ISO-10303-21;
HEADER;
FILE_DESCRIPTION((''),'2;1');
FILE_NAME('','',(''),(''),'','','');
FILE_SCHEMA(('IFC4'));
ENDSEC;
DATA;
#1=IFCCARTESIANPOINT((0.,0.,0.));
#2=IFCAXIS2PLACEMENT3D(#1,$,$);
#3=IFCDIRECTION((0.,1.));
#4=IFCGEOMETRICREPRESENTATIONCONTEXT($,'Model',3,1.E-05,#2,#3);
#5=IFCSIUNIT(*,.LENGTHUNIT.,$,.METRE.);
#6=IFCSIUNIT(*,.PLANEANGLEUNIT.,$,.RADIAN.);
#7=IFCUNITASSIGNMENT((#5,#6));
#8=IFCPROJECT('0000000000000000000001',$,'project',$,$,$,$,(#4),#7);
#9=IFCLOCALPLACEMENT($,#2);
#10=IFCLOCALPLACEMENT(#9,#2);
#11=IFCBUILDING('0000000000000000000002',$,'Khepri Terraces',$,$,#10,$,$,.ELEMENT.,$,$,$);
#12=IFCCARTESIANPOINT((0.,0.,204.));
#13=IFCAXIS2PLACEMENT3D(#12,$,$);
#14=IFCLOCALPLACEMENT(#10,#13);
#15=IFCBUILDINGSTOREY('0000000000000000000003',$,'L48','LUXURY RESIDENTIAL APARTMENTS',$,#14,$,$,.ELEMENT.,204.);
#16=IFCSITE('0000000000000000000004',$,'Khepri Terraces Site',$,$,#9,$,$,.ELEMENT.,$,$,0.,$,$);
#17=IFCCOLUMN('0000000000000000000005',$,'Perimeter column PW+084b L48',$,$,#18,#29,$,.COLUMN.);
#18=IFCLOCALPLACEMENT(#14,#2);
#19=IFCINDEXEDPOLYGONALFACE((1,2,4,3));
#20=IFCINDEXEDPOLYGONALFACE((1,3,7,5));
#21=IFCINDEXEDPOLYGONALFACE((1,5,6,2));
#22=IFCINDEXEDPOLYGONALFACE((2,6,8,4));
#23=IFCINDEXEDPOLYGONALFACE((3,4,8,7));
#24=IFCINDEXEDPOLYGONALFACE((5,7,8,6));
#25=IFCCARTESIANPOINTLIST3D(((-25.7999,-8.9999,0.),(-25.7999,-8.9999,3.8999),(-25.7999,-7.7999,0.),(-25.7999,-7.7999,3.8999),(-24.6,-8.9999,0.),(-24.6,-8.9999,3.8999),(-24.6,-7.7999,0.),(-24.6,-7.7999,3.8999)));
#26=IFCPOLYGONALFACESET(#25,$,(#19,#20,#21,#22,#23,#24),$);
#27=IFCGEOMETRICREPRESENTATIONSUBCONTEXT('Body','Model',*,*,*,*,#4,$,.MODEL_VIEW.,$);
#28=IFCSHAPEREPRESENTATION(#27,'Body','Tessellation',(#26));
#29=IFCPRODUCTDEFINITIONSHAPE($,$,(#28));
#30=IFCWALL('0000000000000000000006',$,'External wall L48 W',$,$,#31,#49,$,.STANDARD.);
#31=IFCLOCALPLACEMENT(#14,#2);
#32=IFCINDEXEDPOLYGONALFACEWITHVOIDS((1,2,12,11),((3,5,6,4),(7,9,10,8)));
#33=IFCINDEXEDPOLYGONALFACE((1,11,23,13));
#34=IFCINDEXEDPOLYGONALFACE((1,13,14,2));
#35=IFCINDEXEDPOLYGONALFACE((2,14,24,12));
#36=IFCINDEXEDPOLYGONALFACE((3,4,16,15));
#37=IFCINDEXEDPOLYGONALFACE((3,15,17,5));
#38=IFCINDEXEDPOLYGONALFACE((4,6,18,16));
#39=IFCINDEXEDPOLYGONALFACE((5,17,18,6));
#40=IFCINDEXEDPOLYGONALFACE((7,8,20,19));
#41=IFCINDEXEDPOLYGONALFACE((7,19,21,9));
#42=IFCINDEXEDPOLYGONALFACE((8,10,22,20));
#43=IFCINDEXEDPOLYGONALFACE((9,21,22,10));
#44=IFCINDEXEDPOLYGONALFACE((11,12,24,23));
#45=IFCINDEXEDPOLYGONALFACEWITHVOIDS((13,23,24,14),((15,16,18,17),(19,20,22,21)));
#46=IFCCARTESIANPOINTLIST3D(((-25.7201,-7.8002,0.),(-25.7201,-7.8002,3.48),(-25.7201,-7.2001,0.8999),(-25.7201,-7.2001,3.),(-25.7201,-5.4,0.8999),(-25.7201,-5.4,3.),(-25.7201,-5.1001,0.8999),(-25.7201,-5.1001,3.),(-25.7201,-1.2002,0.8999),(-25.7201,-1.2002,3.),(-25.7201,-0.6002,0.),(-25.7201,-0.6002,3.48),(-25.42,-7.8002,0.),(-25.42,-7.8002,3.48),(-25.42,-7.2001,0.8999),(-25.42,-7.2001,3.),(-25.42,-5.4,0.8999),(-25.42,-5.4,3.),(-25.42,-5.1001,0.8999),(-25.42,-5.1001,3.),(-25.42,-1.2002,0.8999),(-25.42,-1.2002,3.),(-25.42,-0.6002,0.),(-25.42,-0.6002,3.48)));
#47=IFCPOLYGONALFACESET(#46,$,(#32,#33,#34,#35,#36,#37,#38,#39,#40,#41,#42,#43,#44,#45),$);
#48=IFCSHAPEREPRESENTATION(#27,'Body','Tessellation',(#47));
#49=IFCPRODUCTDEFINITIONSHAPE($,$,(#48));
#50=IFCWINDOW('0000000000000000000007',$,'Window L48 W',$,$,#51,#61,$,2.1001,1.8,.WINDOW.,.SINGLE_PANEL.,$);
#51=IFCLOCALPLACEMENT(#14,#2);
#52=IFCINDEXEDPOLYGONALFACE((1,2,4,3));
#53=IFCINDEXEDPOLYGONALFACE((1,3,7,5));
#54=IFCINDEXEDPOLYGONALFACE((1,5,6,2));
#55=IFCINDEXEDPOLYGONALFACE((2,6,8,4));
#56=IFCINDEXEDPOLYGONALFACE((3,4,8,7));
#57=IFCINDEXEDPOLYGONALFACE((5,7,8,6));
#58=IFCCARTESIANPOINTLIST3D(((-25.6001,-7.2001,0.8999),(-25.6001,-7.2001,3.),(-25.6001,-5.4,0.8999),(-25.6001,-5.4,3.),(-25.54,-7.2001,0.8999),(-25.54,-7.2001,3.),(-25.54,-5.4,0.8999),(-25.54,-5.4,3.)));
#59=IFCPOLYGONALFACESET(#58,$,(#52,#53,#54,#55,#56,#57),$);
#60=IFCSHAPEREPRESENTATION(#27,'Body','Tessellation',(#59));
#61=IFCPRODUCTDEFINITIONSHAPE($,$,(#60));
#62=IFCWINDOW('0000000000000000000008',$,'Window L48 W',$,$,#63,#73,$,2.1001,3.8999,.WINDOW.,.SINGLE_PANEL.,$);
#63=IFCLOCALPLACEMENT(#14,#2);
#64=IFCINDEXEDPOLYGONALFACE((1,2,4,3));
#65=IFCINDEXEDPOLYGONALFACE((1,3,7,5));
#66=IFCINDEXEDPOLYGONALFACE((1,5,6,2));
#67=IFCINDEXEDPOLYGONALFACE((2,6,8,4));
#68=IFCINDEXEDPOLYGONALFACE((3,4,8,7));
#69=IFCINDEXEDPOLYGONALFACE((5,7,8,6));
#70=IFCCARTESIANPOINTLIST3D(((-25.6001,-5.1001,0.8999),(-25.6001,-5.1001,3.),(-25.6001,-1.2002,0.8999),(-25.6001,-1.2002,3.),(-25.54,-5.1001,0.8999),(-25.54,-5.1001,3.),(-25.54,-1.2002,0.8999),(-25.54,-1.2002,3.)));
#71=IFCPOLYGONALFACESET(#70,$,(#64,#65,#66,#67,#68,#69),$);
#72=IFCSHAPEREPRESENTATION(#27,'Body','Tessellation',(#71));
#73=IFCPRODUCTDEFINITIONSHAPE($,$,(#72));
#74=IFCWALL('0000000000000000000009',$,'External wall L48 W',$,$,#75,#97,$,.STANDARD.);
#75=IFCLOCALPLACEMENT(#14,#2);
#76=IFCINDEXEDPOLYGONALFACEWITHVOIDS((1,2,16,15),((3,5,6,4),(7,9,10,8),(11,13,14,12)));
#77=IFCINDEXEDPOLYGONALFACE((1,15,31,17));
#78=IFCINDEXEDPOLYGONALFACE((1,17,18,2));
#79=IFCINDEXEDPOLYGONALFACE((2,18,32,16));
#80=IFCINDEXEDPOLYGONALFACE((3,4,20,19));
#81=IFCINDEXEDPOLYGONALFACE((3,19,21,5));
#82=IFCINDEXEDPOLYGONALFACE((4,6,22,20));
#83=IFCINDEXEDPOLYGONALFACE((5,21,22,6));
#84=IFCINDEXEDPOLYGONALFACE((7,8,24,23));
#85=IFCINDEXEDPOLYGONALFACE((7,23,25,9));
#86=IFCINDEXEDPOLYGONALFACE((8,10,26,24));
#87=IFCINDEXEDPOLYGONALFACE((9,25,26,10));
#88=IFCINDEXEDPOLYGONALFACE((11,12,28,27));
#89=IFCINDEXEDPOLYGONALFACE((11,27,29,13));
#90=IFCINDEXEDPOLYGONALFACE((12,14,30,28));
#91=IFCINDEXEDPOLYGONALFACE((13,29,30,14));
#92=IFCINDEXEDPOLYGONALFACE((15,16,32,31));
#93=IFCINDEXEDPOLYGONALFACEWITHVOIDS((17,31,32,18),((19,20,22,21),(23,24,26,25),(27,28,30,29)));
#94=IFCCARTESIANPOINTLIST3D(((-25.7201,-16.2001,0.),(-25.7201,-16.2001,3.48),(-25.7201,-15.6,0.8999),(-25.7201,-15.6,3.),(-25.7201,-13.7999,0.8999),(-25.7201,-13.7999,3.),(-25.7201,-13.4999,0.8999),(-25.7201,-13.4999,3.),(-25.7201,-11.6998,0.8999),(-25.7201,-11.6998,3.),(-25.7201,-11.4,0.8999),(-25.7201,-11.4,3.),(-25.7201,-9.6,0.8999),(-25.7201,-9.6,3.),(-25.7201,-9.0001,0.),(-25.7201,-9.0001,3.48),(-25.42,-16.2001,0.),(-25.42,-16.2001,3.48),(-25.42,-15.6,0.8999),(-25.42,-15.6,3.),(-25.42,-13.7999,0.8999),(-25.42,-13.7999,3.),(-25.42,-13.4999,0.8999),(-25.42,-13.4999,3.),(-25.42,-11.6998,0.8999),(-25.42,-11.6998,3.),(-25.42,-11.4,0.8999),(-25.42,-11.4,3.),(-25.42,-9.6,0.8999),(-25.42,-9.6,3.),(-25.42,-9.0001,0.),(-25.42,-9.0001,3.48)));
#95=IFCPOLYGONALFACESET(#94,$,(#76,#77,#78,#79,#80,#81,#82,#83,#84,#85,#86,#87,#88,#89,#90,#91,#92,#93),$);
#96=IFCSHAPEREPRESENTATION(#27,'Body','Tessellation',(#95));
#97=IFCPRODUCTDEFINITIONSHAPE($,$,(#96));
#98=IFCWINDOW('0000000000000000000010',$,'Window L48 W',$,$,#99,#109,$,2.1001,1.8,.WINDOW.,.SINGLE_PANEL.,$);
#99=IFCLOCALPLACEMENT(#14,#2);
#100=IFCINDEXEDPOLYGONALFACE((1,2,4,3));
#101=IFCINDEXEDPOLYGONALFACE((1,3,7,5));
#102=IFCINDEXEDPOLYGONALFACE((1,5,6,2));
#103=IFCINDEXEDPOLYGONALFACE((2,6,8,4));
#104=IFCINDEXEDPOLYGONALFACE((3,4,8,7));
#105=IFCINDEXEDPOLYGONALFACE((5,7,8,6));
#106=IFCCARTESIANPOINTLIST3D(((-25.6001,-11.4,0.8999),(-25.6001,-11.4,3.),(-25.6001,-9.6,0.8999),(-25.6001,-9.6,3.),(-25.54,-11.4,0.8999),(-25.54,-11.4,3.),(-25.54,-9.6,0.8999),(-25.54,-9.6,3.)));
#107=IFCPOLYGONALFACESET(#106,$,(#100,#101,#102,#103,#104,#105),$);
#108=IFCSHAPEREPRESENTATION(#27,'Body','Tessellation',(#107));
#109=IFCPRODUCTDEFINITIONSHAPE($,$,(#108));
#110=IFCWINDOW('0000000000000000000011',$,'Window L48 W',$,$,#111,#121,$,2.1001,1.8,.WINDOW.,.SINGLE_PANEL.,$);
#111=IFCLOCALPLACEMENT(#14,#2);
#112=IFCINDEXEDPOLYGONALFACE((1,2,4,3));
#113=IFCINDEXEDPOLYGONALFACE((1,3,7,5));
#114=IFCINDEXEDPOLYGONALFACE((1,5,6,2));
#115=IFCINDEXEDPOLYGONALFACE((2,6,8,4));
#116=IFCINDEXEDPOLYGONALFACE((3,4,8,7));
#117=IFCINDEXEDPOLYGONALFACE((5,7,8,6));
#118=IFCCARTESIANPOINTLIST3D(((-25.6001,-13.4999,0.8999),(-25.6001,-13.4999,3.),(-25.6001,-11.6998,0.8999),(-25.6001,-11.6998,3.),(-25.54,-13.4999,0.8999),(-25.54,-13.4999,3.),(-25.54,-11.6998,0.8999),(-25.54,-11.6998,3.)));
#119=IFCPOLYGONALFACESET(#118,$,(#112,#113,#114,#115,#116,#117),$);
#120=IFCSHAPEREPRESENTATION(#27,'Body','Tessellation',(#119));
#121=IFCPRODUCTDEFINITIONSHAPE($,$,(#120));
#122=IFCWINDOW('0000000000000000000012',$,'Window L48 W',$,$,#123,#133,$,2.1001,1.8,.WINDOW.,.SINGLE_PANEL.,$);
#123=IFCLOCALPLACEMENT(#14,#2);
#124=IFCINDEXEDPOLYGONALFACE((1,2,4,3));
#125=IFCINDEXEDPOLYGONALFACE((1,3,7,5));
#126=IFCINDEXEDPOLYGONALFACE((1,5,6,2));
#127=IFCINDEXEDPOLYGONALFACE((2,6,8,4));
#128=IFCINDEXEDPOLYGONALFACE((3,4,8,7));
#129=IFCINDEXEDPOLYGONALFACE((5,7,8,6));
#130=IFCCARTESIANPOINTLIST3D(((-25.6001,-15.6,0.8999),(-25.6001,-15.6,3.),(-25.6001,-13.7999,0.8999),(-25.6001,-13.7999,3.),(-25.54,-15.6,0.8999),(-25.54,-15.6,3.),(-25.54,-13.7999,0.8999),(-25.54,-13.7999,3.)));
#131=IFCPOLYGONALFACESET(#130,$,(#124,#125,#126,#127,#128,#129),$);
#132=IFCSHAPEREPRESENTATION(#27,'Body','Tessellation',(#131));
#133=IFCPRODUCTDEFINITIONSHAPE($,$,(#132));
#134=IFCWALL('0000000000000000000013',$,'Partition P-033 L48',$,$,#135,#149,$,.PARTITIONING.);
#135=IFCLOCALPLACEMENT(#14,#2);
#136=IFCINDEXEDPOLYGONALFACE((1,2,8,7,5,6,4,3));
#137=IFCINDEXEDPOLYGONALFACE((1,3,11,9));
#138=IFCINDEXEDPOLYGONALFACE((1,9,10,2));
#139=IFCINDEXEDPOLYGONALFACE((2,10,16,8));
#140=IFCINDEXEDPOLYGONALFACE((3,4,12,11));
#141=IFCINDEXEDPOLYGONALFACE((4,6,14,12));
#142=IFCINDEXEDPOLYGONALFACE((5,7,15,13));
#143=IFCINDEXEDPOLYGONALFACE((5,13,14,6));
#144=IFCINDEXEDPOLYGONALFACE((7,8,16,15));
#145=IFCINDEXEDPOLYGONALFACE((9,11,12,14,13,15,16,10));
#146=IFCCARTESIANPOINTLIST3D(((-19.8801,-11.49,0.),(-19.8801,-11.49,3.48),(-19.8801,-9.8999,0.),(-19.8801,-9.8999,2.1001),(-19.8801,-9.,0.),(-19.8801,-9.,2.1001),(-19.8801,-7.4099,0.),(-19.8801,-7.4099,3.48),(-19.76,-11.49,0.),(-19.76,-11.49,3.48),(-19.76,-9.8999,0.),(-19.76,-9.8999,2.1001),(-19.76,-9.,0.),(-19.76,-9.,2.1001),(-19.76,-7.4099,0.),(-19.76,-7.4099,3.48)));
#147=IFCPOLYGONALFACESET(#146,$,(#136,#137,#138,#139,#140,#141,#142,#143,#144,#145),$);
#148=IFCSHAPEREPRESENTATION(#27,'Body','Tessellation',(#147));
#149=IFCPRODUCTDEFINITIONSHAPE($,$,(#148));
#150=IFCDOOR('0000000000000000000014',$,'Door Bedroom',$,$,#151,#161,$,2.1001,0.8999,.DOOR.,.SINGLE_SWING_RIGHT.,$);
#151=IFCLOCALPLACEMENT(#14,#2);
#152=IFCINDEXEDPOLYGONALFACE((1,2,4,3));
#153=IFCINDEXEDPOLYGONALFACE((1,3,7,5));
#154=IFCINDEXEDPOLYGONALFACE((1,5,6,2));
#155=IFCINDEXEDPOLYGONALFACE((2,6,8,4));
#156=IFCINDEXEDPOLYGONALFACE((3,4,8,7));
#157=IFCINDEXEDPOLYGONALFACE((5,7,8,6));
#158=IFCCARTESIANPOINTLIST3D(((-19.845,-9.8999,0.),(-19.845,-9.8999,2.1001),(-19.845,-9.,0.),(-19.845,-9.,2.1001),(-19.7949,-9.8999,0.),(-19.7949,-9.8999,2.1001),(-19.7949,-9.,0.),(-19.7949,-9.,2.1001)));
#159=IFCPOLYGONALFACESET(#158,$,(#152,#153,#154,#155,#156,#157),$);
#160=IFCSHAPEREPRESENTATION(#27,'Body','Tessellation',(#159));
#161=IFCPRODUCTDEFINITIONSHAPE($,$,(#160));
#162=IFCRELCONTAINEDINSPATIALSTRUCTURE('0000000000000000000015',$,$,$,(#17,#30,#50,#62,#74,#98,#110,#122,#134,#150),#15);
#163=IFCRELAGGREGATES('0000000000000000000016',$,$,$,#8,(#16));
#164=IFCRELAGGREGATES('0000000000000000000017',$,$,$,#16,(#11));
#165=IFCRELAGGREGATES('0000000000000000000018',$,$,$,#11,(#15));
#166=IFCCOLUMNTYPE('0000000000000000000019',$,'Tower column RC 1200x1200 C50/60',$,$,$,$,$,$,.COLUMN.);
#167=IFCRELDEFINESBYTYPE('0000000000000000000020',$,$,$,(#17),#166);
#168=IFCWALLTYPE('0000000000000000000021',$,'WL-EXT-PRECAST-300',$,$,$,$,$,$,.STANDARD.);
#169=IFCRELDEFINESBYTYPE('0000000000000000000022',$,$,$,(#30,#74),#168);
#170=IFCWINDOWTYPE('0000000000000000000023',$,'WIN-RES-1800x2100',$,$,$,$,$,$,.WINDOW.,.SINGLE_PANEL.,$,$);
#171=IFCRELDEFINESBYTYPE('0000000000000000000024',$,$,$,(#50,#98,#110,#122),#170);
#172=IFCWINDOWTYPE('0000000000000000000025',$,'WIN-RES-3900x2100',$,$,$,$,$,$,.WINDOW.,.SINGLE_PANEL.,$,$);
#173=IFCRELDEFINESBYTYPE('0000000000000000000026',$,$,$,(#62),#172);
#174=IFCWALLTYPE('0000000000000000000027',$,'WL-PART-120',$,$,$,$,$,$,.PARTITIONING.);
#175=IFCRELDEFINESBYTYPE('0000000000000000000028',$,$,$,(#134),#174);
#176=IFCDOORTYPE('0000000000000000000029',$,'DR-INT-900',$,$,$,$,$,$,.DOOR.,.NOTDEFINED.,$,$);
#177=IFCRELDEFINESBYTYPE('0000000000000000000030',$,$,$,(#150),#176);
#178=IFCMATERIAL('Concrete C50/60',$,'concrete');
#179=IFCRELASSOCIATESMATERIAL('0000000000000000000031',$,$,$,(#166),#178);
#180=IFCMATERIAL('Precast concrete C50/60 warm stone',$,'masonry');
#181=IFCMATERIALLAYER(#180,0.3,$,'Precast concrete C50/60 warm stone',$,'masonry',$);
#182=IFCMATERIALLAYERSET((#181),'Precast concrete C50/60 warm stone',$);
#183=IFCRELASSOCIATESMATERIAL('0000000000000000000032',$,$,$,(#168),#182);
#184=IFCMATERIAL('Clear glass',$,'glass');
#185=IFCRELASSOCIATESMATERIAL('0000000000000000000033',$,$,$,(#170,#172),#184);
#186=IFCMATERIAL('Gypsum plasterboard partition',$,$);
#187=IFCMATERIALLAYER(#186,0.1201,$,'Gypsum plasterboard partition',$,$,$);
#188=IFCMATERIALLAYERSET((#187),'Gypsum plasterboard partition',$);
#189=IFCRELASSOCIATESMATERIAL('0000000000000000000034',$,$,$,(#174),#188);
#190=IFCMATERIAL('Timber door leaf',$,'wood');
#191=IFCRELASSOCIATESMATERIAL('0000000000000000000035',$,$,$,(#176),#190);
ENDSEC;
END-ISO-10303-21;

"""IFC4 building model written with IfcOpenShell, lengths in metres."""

from ifc_helpers import new_model, si_unit, direction, frame, frame_2d, origin, origin_2d, place, context, subcontext, project, spatial, rectangle, extrude, material, layer, layer_set, material_profile, profile_set, type_object, element, fill, save


model = new_model("IFC4")

# Units and contexts
model_context = context("Model", 3, precision=1e-05, world=origin(), true_north=direction((0.0, 1.0)))
body_context = subcontext(model_context, "Body", "Model", "MODEL_VIEW")
ifc_project = project(units=[si_unit("LENGTHUNIT", "METRE"), si_unit("PLANEANGLEUNIT", "RADIAN")], contexts=[model_context])

# Site, building, storey
site_placement = place(None, origin())
site = spatial("IfcSite", under=ifc_project, at=site_placement, Name="Khepri Terraces Site", CompositionType="ELEMENT", RefElevation=0.0)
building_placement = place(site_placement, origin())
building = spatial("IfcBuilding", under=site, at=building_placement, Name="Khepri Terraces", CompositionType="ELEMENT")
storey_placement = place(building_placement, frame((0.0, 0.0, 204.0)))
storey = spatial("IfcBuildingStorey", under=building, at=storey_placement, Name="L48", Description="LUXURY RESIDENTIAL APARTMENTS", CompositionType="ELEMENT", Elevation=204.0)

# Column
ifc_material_1 = material(Name="Concrete C50/60", Category="concrete")
ifc_material_profile = material_profile(ifc_material_1, rectangle(XDim=1.2, YDim=1.2, at=origin_2d()), Name="Concrete C50/60", Category="concrete")
ifc_profile_set = profile_set([ifc_material_profile], Name="Concrete C50/60")
column_type = type_object("IfcColumnType", Name="Tower column RC 1200x1200 C50/60", PredefinedType="COLUMN", material=ifc_profile_set)
column_placement = place(storey_placement, frame((-25.2, -8.3999, 0.0), z_axis=(0.0, 0.0, 1.0), x_axis=(1.0, 0.0, 0.0)))
element("IfcColumn", 1, at=column_placement, inside=storey, type_object=column_type, Name="Perimeter column PW+084b L48", PredefinedType="COLUMN", context=body_context, shape_type="SweptSolid", body=[
    extrude(rectangle(XDim=1.2, YDim=1.2, at=origin_2d()), origin(), (0.0, 0.0, 1.0), 3.8999),
])

# Walls, openings, windows
ifc_material_2 = material(Name="Precast concrete C50/60 warm stone", Category="masonry")
ifc_layer_1 = layer(ifc_material_2, 0.3, Name="Precast concrete C50/60 warm stone", Category="masonry")
ifc_layer_set_1 = layer_set([ifc_layer_1], Name="Precast concrete C50/60 warm stone")
wall_type_1 = type_object("IfcWallType", Name="WL-EXT-PRECAST-300", PredefinedType="STANDARD", material=ifc_layer_set_1)
wall_1_placement = place(storey_placement, frame((-25.5701, -0.6001, 0.0), z_axis=(0.0, 0.0, 1.0), x_axis=(0.0, -1.0, 0.0)))
wall_1 = element("IfcWall", 2, at=wall_1_placement, inside=storey, type_object=wall_type_1, Name="External wall L48 W", PredefinedType="STANDARD", context=body_context, shape_type="SweptSolid", body=[
    extrude(rectangle(XDim=7.2, YDim=0.3, at=frame_2d((3.6001, 0.0))), origin(), (0.0, 0.0, 1.0), 3.48),
])
opening_1_placement = place(wall_1_placement, frame((0.6001, 0.0, 0.8999)))
opening_1 = element("IfcOpeningElement", 3, at=opening_1_placement, cuts=wall_1, PredefinedType="OPENING", context=body_context, shape_type="SweptSolid", body=[
    extrude(rectangle(XDim=3.8999, YDim=2.1001, at=frame_2d((1.95, 1.05))), frame((0.0, 0.1602, 0.0), z_axis=(0.0, -1.0, 0.0), x_axis=(1.0, 0.0, 0.0)), (0.0, 0.0, 1.0), 0.3201),
])
opening_2_placement = place(wall_1_placement, frame((4.8, 0.0, 0.8999)))
opening_2 = element("IfcOpeningElement", 4, at=opening_2_placement, cuts=wall_1, PredefinedType="OPENING", context=body_context, shape_type="SweptSolid", body=[
    extrude(rectangle(XDim=1.8, YDim=2.1001, at=frame_2d((0.8999, 1.05))), frame((0.0, 0.1602, 0.0), z_axis=(0.0, -1.0, 0.0), x_axis=(1.0, 0.0, 0.0)), (0.0, 0.0, 1.0), 0.3201),
])
ifc_material_3 = material(Name="Clear glass", Category="glass")
window_type_1 = type_object("IfcWindowType", Name="WIN-RES-1800x2100", PartitioningType="SINGLE_PANEL", PredefinedType="WINDOW", material=ifc_material_3)
window_1_placement = place(opening_2_placement, origin())
window_1 = element("IfcWindow", 5, at=window_1_placement, inside=storey, type_object=window_type_1, Name="Window L48 W", OverallHeight=2.1001, OverallWidth=1.8, PartitioningType="SINGLE_PANEL", PredefinedType="WINDOW", context=body_context, shape_type="SweptSolid", body=[
    extrude(rectangle(XDim=1.8, YDim=2.1001, at=frame_2d((0.8999, 1.05))), frame((0.0, 0.03, 0.0), z_axis=(0.0, -1.0, 0.0), x_axis=(1.0, 0.0, 0.0)), (0.0, 0.0, 1.0), 0.0601),
])
fill(opening_2, window_1)
window_type_2 = type_object("IfcWindowType", Name="WIN-RES-3900x2100", PartitioningType="SINGLE_PANEL", PredefinedType="WINDOW", material=ifc_material_3)
window_2_placement = place(opening_1_placement, origin())
window_2 = element("IfcWindow", 6, at=window_2_placement, inside=storey, type_object=window_type_2, Name="Window L48 W", OverallHeight=2.1001, OverallWidth=3.8999, PartitioningType="SINGLE_PANEL", PredefinedType="WINDOW", context=body_context, shape_type="SweptSolid", body=[
    extrude(rectangle(XDim=3.8999, YDim=2.1001, at=frame_2d((1.95, 1.05))), frame((0.0, 0.03, 0.0), z_axis=(0.0, -1.0, 0.0), x_axis=(1.0, 0.0, 0.0)), (0.0, 0.0, 1.0), 0.0601),
])
fill(opening_1, window_2)
wall_2_placement = place(storey_placement, frame((-25.5701, -9.0, 0.0), z_axis=(0.0, 0.0, 1.0), x_axis=(0.0, -1.0, 0.0)))
wall_2 = element("IfcWall", 7, at=wall_2_placement, inside=storey, type_object=wall_type_1, Name="External wall L48 W", PredefinedType="STANDARD", context=body_context, shape_type="SweptSolid", body=[
    extrude(rectangle(XDim=7.2, YDim=0.3, at=frame_2d((3.6001, 0.0))), origin(), (0.0, 0.0, 1.0), 3.48),
])
opening_3_placement = place(wall_2_placement, frame((0.6001, 0.0, 0.8999)))
opening_3 = element("IfcOpeningElement", 8, at=opening_3_placement, cuts=wall_2, PredefinedType="OPENING", context=body_context, shape_type="SweptSolid", body=[
    extrude(rectangle(XDim=1.8, YDim=2.1001, at=frame_2d((0.8999, 1.05))), frame((0.0, 0.1602, 0.0), z_axis=(0.0, -1.0, 0.0), x_axis=(1.0, 0.0, 0.0)), (0.0, 0.0, 1.0), 0.3201),
])
opening_4_placement = place(wall_2_placement, frame((2.7, 0.0, 0.8999)))
opening_4 = element("IfcOpeningElement", 9, at=opening_4_placement, cuts=wall_2, PredefinedType="OPENING", context=body_context, shape_type="SweptSolid", body=[
    extrude(rectangle(XDim=1.8, YDim=2.1001, at=frame_2d((0.8999, 1.05))), frame((0.0, 0.1602, 0.0), z_axis=(0.0, -1.0, 0.0), x_axis=(1.0, 0.0, 0.0)), (0.0, 0.0, 1.0), 0.3201),
])
opening_5_placement = place(wall_2_placement, frame((4.8, 0.0, 0.8999)))
opening_5 = element("IfcOpeningElement", 10, at=opening_5_placement, cuts=wall_2, PredefinedType="OPENING", context=body_context, shape_type="SweptSolid", body=[
    extrude(rectangle(XDim=1.8, YDim=2.1001, at=frame_2d((0.8999, 1.05))), frame((0.0, 0.1602, 0.0), z_axis=(0.0, -1.0, 0.0), x_axis=(1.0, 0.0, 0.0)), (0.0, 0.0, 1.0), 0.3201),
])
window_3_placement = place(opening_3_placement, origin())
window_3 = element("IfcWindow", 11, at=window_3_placement, inside=storey, type_object=window_type_1, Name="Window L48 W", OverallHeight=2.1001, OverallWidth=1.8, PartitioningType="SINGLE_PANEL", PredefinedType="WINDOW", context=body_context, shape_type="SweptSolid", body=[
    extrude(rectangle(XDim=1.8, YDim=2.1001, at=frame_2d((0.8999, 1.05))), frame((0.0, 0.03, 0.0), z_axis=(0.0, -1.0, 0.0), x_axis=(1.0, 0.0, 0.0)), (0.0, 0.0, 1.0), 0.0601),
])
fill(opening_3, window_3)
window_4_placement = place(opening_4_placement, origin())
window_4 = element("IfcWindow", 12, at=window_4_placement, inside=storey, type_object=window_type_1, Name="Window L48 W", OverallHeight=2.1001, OverallWidth=1.8, PartitioningType="SINGLE_PANEL", PredefinedType="WINDOW", context=body_context, shape_type="SweptSolid", body=[
    extrude(rectangle(XDim=1.8, YDim=2.1001, at=frame_2d((0.8999, 1.05))), frame((0.0, 0.03, 0.0), z_axis=(0.0, -1.0, 0.0), x_axis=(1.0, 0.0, 0.0)), (0.0, 0.0, 1.0), 0.0601),
])
fill(opening_4, window_4)
window_5_placement = place(opening_5_placement, origin())
window_5 = element("IfcWindow", 13, at=window_5_placement, inside=storey, type_object=window_type_1, Name="Window L48 W", OverallHeight=2.1001, OverallWidth=1.8, PartitioningType="SINGLE_PANEL", PredefinedType="WINDOW", context=body_context, shape_type="SweptSolid", body=[
    extrude(rectangle(XDim=1.8, YDim=2.1001, at=frame_2d((0.8999, 1.05))), frame((0.0, 0.03, 0.0), z_axis=(0.0, -1.0, 0.0), x_axis=(1.0, 0.0, 0.0)), (0.0, 0.0, 1.0), 0.0601),
])
fill(opening_5, window_5)

# Wall, opening, door
ifc_material_4 = material(Name="Gypsum plasterboard partition")
ifc_layer_2 = layer(ifc_material_4, 0.1201, Name="Gypsum plasterboard partition")
ifc_layer_set_2 = layer_set([ifc_layer_2], Name="Gypsum plasterboard partition")
wall_type_2 = type_object("IfcWallType", Name="WL-PART-120", PredefinedType="PARTITIONING", material=ifc_layer_set_2)
wall_3_placement = place(storey_placement, frame((-19.8201, -11.49, 0.0), z_axis=(0.0, 0.0, 1.0), x_axis=(0.0, 1.0, 0.0)))
wall_3 = element("IfcWall", 14, at=wall_3_placement, inside=storey, type_object=wall_type_2, Name="Partition P-033 L48", PredefinedType="PARTITIONING", context=body_context, shape_type="SweptSolid", body=[
    extrude(rectangle(XDim=4.0801, YDim=0.1201, at=frame_2d((2.04, 0.0))), origin(), (0.0, 0.0, 1.0), 3.48),
])
opening_6_placement = place(wall_3_placement, frame((1.5901, 0.0, 0.0)))
opening_6 = element("IfcOpeningElement", 15, at=opening_6_placement, cuts=wall_3, PredefinedType="OPENING", context=body_context, shape_type="SweptSolid", body=[
    extrude(rectangle(XDim=0.8999, YDim=2.1001, at=frame_2d((0.45, 1.05))), frame((0.0, 0.0701, 0.0), z_axis=(0.0, -1.0, 0.0), x_axis=(1.0, 0.0, 0.0)), (0.0, 0.0, 1.0), 0.1401),
])
ifc_material_5 = material(Name="Timber door leaf", Category="wood")
door_type_1 = type_object("IfcDoorType", Name="DR-INT-900", OperationType="NOTDEFINED", PredefinedType="DOOR", material=ifc_material_5)
door_1_placement = place(opening_6_placement, origin())
door_1 = element("IfcDoor", 16, at=door_1_placement, inside=storey, type_object=door_type_1, Name="Door Bedroom", OperationType="SINGLE_SWING_RIGHT", OverallHeight=2.1001, OverallWidth=0.8999, PredefinedType="DOOR", context=body_context, shape_type="SweptSolid", body=[
    extrude(rectangle(XDim=0.8999, YDim=2.1001, at=frame_2d((0.45, 1.05))), frame((0.0, 0.0249, 0.0), z_axis=(0.0, -1.0, 0.0), x_axis=(1.0, 0.0, 0.0)), (0.0, 0.0, 1.0), 0.05),
])
fill(opening_6, door_1)

save(model, "model.ifc")
